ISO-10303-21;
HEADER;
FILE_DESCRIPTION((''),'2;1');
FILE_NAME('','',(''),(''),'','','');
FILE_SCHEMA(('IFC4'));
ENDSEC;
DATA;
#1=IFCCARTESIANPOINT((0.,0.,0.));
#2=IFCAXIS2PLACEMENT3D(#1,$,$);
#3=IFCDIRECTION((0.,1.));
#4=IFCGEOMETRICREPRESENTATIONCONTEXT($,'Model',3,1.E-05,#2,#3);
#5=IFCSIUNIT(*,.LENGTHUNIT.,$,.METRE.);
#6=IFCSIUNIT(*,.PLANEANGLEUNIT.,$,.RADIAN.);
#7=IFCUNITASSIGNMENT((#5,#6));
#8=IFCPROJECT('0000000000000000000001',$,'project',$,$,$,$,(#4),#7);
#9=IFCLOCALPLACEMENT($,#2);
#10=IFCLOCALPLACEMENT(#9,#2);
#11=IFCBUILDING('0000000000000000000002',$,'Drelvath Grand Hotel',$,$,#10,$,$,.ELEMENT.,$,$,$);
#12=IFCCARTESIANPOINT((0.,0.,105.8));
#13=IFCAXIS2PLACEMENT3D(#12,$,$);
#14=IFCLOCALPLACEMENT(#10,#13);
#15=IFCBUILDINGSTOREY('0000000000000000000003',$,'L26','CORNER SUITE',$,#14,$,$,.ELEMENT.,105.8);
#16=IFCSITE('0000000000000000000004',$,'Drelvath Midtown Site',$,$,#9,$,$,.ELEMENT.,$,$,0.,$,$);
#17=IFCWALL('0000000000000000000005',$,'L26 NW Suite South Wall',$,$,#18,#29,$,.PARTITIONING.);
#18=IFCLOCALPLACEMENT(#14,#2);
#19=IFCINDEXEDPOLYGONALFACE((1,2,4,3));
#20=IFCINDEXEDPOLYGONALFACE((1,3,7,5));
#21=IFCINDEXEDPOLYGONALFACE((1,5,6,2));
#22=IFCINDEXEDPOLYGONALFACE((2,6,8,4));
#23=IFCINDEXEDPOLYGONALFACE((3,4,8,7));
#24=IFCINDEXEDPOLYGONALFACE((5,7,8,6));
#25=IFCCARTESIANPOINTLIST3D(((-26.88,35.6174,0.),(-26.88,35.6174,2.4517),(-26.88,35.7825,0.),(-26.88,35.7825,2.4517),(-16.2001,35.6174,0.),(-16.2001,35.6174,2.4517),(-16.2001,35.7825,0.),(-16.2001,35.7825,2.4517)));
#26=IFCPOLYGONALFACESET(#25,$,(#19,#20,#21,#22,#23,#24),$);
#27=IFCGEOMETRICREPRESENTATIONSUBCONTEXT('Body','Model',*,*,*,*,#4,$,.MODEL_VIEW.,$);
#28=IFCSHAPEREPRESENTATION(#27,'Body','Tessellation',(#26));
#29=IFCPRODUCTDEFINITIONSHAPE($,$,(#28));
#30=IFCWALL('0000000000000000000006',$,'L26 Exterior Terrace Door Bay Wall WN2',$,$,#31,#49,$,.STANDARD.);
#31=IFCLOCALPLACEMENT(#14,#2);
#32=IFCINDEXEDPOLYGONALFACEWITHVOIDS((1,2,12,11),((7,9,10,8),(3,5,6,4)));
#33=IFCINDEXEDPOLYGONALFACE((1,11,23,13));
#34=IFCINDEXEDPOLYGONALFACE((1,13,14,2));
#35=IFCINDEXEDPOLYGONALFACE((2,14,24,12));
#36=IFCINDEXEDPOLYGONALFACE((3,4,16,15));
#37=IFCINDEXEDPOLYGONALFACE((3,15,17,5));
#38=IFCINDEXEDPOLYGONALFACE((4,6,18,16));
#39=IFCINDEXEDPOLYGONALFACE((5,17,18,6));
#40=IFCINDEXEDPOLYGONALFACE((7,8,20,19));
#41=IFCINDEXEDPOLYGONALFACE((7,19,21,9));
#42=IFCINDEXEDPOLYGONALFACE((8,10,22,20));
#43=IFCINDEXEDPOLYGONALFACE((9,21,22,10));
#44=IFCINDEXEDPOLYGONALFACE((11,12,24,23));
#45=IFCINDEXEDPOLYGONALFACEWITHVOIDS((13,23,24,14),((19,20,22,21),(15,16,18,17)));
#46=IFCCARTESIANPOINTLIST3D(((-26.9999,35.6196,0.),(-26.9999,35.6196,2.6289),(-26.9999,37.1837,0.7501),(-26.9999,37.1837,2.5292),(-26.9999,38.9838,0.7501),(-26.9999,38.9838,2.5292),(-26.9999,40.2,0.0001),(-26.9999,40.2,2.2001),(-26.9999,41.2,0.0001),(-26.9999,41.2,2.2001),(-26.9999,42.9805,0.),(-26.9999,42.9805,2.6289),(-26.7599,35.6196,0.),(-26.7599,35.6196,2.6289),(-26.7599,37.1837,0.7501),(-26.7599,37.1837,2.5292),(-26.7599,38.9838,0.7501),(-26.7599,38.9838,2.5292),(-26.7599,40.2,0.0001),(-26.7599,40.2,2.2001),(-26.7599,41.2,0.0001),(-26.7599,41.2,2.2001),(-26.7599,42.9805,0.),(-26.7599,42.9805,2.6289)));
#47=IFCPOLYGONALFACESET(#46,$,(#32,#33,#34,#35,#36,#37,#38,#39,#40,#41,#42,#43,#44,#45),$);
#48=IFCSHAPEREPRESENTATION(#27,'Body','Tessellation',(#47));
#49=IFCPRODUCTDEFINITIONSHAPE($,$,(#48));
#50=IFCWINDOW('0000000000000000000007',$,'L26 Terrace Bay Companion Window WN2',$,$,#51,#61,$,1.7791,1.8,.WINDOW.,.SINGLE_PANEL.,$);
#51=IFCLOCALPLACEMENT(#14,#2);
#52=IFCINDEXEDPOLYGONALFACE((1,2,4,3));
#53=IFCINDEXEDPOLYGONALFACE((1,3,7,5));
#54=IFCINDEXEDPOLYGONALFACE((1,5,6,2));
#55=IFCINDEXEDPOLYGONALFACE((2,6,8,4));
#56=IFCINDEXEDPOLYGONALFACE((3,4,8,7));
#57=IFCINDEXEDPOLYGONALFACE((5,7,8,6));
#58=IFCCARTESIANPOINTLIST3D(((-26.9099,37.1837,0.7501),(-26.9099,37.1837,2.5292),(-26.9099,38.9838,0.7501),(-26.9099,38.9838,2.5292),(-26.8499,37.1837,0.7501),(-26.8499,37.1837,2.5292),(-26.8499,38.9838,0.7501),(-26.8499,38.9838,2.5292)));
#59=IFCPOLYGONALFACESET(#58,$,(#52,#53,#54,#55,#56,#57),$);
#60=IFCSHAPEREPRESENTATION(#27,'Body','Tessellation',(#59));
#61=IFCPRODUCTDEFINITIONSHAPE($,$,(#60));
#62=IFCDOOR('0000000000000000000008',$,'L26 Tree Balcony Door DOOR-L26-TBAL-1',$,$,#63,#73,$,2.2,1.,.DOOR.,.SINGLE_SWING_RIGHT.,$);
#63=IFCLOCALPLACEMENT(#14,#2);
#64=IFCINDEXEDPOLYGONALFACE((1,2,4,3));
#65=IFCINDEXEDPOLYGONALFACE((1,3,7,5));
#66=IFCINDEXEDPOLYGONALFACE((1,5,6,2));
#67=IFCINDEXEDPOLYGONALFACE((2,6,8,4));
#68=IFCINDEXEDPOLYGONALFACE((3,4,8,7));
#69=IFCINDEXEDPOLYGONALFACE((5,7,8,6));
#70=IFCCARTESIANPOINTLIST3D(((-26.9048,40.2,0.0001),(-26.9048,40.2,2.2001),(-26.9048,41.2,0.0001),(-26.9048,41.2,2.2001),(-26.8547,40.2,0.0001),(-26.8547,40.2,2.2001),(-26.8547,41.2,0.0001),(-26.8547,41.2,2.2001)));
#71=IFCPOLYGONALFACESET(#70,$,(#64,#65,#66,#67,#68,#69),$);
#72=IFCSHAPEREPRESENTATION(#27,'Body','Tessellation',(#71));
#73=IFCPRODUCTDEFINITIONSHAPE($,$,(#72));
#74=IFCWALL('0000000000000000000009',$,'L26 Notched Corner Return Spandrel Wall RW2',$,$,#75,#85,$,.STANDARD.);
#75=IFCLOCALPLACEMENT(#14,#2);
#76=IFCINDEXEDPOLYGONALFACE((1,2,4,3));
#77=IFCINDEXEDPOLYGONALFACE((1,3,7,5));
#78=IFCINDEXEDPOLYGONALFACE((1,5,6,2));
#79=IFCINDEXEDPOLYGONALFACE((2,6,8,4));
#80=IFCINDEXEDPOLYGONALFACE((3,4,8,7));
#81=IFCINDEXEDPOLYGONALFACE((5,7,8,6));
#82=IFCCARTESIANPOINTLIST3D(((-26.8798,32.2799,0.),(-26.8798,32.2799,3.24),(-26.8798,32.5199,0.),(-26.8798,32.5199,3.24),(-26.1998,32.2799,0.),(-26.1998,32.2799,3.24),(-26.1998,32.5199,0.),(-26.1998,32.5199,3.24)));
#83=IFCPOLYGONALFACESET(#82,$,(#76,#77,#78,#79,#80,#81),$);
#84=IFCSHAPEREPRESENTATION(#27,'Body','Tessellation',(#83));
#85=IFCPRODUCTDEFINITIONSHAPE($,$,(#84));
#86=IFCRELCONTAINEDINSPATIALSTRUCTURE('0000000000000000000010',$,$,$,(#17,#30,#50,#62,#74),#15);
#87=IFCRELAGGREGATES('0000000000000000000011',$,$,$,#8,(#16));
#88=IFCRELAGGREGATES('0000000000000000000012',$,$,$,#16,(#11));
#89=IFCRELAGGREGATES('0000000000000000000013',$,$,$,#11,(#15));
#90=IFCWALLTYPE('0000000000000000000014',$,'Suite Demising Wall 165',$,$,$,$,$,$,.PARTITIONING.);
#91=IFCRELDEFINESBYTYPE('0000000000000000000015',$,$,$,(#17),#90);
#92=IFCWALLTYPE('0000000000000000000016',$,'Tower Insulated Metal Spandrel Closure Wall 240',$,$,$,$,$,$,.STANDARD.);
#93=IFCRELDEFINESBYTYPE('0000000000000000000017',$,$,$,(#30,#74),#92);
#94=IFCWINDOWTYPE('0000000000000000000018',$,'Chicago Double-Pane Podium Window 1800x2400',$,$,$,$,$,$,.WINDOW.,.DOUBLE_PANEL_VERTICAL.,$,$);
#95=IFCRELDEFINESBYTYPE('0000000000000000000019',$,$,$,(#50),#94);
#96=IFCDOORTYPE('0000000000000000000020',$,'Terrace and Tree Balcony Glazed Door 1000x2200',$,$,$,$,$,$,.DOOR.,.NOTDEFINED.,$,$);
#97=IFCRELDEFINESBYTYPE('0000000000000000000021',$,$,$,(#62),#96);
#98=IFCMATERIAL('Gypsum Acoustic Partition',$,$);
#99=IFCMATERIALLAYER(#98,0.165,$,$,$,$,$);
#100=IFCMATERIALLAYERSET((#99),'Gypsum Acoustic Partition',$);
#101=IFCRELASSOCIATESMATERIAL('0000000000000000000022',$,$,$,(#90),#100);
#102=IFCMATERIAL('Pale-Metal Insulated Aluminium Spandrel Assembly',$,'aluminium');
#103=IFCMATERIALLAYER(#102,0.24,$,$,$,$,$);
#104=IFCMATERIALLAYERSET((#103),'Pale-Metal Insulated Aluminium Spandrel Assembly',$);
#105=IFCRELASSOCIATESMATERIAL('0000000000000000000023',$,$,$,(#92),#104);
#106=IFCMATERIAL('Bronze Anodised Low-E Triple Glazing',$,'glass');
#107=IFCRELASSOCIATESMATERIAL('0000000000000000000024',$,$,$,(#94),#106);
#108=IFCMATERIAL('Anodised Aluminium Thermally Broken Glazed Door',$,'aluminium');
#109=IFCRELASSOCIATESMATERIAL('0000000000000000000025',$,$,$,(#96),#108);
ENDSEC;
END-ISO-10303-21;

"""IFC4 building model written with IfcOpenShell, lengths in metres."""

from ifc_helpers import new_model, si_unit, direction, frame, frame_2d, origin, place, context, subcontext, project, spatial, rectangle, extrude, material, layer, layer_set, type_object, element, fill, save


model = new_model("IFC4")

# Units and contexts
model_context = context("Model", 3, precision=1e-05, world=origin(), true_north=direction((0.0, 1.0)))
body_context = subcontext(model_context, "Body", "Model", "MODEL_VIEW")
ifc_project = project(units=[si_unit("LENGTHUNIT", "METRE"), si_unit("PLANEANGLEUNIT", "RADIAN")], contexts=[model_context])

# Site, building, storey
site_placement = place(None, origin())
site = spatial("IfcSite", under=ifc_project, at=site_placement, Name="Drelvath Midtown Site", CompositionType="ELEMENT", RefElevation=0.0)
building_placement = place(site_placement, origin())
building = spatial("IfcBuilding", under=site, at=building_placement, Name="Drelvath Grand Hotel", CompositionType="ELEMENT")
storey_placement = place(building_placement, frame((0.0, 0.0, 105.8)))
storey = spatial("IfcBuildingStorey", under=building, at=storey_placement, Name="L26", Description="CORNER SUITE", CompositionType="ELEMENT", Elevation=105.8)

# Wall
ifc_material_1 = material(Name="Gypsum Acoustic Partition")
ifc_layer_1 = layer(ifc_material_1, 0.165)
ifc_layer_set_1 = layer_set([ifc_layer_1], Name="Gypsum Acoustic Partition")
wall_type_1 = type_object("IfcWallType", Name="Suite Demising Wall 165", PredefinedType="PARTITIONING", material=ifc_layer_set_1)
wall_1_placement = place(storey_placement, frame((-26.8799, 35.7, 0.0), z_axis=(0.0, 0.0, 1.0), x_axis=(1.0, 0.0, 0.0)))
element("IfcWall", 1, at=wall_1_placement, inside=storey, type_object=wall_type_1, Name="L26 NW Suite South Wall", PredefinedType="PARTITIONING", context=body_context, shape_type="SweptSolid", body=[
    extrude(rectangle(XDim=10.6799, YDim=0.165, at=frame_2d((5.3398, 0.0))), origin(), (0.0, 0.0, 1.0), 2.4517),
])

# Wall, openings, window, door
ifc_material_2 = material(Name="Pale-Metal Insulated Aluminium Spandrel Assembly", Category="aluminium")
ifc_layer_2 = layer(ifc_material_2, 0.24)
ifc_layer_set_2 = layer_set([ifc_layer_2], Name="Pale-Metal Insulated Aluminium Spandrel Assembly")
wall_type_2 = type_object("IfcWallType", Name="Tower Insulated Metal Spandrel Closure Wall 240", PredefinedType="STANDARD", material=ifc_layer_set_2)
wall_2_placement = place(storey_placement, frame((-26.8799, 35.6196, 0.0), z_axis=(0.0, 0.0, 1.0), x_axis=(0.0, 1.0, 0.0)))
wall_2 = element("IfcWall", 2, at=wall_2_placement, inside=storey, type_object=wall_type_2, Name="L26 Exterior Terrace Door Bay Wall WN2", PredefinedType="STANDARD", context=body_context, shape_type="SweptSolid", body=[
    extrude(rectangle(XDim=7.3608, YDim=0.24, at=frame_2d((3.6804, 0.0))), origin(), (0.0, 0.0, 1.0), 2.6289),
])
opening_1_placement = place(wall_2_placement, frame((4.5803, 0.0, 0.0)))
opening_1 = element("IfcOpeningElement", 3, at=opening_1_placement, cuts=wall_2, PredefinedType="OPENING", context=body_context, shape_type="SweptSolid", body=[
    extrude(rectangle(XDim=1.0, YDim=2.2, at=frame_2d((0.5, 1.1001))), frame((0.0, 0.1299, 0.0), z_axis=(0.0, -1.0, 0.0), x_axis=(1.0, 0.0, 0.0)), (0.0, 0.0, 1.0), 0.26),
])
opening_2_placement = place(wall_2_placement, frame((1.5642, 0.0, 0.75)))
opening_2 = element("IfcOpeningElement", 4, at=opening_2_placement, cuts=wall_2, PredefinedType="OPENING", context=body_context, shape_type="SweptSolid", body=[
    extrude(rectangle(XDim=1.8, YDim=1.7791, at=frame_2d((0.8999, 0.8896))), frame((0.0, 0.1299, 0.0), z_axis=(0.0, -1.0, 0.0), x_axis=(1.0, 0.0, 0.0)), (0.0, 0.0, 1.0), 0.26),
])
ifc_material_3 = material(Name="Bronze Anodised Low-E Triple Glazing", Category="glass")
window_type = type_object("IfcWindowType", Name="Chicago Double-Pane Podium Window 1800x2400", PartitioningType="DOUBLE_PANEL_VERTICAL", PredefinedType="WINDOW", material=ifc_material_3)
window_placement = place(opening_2_placement, origin())
window = element("IfcWindow", 5, at=window_placement, inside=storey, type_object=window_type, Name="L26 Terrace Bay Companion Window WN2", OverallHeight=1.7791, OverallWidth=1.8, PartitioningType="SINGLE_PANEL", PredefinedType="WINDOW", context=body_context, shape_type="SweptSolid", body=[
    extrude(rectangle(XDim=1.8, YDim=1.7791, at=frame_2d((0.8999, 0.8896))), frame((0.0, 0.03, 0.0), z_axis=(0.0, -1.0, 0.0), x_axis=(1.0, 0.0, 0.0)), (0.0, 0.0, 1.0), 0.0601),
])
fill(opening_2, window)
ifc_material_4 = material(Name="Anodised Aluminium Thermally Broken Glazed Door", Category="aluminium")
door_type_1 = type_object("IfcDoorType", Name="Terrace and Tree Balcony Glazed Door 1000x2200", OperationType="NOTDEFINED", PredefinedType="DOOR", material=ifc_material_4)
door_1_placement = place(opening_1_placement, origin())
door_1 = element("IfcDoor", 6, at=door_1_placement, inside=storey, type_object=door_type_1, Name="L26 Tree Balcony Door DOOR-L26-TBAL-1", OperationType="SINGLE_SWING_RIGHT", OverallHeight=2.2, OverallWidth=1.0, PredefinedType="DOOR", context=body_context, shape_type="SweptSolid", body=[
    extrude(rectangle(XDim=1.0, YDim=2.2, at=frame_2d((0.5, 1.1001))), frame((0.0, 0.0249, 0.0), z_axis=(0.0, -1.0, 0.0), x_axis=(1.0, 0.0, 0.0)), (0.0, 0.0, 1.0), 0.05),
])
fill(opening_1, door_1)

# Wall
wall_3_placement = place(storey_placement, frame((-26.2, 32.3999, 0.0), z_axis=(0.0, 0.0, 1.0), x_axis=(-1.0, 0.0, 0.0)))
element("IfcWall", 7, at=wall_3_placement, inside=storey, type_object=wall_type_2, Name="L26 Notched Corner Return Spandrel Wall RW2", PredefinedType="STANDARD", context=body_context, shape_type="SweptSolid", body=[
    extrude(rectangle(XDim=0.6799, YDim=0.24, at=frame_2d((0.3398, 0.0))), origin(), (0.0, 0.0, 1.0), 3.24),
])

save(model, "model.ifc")
